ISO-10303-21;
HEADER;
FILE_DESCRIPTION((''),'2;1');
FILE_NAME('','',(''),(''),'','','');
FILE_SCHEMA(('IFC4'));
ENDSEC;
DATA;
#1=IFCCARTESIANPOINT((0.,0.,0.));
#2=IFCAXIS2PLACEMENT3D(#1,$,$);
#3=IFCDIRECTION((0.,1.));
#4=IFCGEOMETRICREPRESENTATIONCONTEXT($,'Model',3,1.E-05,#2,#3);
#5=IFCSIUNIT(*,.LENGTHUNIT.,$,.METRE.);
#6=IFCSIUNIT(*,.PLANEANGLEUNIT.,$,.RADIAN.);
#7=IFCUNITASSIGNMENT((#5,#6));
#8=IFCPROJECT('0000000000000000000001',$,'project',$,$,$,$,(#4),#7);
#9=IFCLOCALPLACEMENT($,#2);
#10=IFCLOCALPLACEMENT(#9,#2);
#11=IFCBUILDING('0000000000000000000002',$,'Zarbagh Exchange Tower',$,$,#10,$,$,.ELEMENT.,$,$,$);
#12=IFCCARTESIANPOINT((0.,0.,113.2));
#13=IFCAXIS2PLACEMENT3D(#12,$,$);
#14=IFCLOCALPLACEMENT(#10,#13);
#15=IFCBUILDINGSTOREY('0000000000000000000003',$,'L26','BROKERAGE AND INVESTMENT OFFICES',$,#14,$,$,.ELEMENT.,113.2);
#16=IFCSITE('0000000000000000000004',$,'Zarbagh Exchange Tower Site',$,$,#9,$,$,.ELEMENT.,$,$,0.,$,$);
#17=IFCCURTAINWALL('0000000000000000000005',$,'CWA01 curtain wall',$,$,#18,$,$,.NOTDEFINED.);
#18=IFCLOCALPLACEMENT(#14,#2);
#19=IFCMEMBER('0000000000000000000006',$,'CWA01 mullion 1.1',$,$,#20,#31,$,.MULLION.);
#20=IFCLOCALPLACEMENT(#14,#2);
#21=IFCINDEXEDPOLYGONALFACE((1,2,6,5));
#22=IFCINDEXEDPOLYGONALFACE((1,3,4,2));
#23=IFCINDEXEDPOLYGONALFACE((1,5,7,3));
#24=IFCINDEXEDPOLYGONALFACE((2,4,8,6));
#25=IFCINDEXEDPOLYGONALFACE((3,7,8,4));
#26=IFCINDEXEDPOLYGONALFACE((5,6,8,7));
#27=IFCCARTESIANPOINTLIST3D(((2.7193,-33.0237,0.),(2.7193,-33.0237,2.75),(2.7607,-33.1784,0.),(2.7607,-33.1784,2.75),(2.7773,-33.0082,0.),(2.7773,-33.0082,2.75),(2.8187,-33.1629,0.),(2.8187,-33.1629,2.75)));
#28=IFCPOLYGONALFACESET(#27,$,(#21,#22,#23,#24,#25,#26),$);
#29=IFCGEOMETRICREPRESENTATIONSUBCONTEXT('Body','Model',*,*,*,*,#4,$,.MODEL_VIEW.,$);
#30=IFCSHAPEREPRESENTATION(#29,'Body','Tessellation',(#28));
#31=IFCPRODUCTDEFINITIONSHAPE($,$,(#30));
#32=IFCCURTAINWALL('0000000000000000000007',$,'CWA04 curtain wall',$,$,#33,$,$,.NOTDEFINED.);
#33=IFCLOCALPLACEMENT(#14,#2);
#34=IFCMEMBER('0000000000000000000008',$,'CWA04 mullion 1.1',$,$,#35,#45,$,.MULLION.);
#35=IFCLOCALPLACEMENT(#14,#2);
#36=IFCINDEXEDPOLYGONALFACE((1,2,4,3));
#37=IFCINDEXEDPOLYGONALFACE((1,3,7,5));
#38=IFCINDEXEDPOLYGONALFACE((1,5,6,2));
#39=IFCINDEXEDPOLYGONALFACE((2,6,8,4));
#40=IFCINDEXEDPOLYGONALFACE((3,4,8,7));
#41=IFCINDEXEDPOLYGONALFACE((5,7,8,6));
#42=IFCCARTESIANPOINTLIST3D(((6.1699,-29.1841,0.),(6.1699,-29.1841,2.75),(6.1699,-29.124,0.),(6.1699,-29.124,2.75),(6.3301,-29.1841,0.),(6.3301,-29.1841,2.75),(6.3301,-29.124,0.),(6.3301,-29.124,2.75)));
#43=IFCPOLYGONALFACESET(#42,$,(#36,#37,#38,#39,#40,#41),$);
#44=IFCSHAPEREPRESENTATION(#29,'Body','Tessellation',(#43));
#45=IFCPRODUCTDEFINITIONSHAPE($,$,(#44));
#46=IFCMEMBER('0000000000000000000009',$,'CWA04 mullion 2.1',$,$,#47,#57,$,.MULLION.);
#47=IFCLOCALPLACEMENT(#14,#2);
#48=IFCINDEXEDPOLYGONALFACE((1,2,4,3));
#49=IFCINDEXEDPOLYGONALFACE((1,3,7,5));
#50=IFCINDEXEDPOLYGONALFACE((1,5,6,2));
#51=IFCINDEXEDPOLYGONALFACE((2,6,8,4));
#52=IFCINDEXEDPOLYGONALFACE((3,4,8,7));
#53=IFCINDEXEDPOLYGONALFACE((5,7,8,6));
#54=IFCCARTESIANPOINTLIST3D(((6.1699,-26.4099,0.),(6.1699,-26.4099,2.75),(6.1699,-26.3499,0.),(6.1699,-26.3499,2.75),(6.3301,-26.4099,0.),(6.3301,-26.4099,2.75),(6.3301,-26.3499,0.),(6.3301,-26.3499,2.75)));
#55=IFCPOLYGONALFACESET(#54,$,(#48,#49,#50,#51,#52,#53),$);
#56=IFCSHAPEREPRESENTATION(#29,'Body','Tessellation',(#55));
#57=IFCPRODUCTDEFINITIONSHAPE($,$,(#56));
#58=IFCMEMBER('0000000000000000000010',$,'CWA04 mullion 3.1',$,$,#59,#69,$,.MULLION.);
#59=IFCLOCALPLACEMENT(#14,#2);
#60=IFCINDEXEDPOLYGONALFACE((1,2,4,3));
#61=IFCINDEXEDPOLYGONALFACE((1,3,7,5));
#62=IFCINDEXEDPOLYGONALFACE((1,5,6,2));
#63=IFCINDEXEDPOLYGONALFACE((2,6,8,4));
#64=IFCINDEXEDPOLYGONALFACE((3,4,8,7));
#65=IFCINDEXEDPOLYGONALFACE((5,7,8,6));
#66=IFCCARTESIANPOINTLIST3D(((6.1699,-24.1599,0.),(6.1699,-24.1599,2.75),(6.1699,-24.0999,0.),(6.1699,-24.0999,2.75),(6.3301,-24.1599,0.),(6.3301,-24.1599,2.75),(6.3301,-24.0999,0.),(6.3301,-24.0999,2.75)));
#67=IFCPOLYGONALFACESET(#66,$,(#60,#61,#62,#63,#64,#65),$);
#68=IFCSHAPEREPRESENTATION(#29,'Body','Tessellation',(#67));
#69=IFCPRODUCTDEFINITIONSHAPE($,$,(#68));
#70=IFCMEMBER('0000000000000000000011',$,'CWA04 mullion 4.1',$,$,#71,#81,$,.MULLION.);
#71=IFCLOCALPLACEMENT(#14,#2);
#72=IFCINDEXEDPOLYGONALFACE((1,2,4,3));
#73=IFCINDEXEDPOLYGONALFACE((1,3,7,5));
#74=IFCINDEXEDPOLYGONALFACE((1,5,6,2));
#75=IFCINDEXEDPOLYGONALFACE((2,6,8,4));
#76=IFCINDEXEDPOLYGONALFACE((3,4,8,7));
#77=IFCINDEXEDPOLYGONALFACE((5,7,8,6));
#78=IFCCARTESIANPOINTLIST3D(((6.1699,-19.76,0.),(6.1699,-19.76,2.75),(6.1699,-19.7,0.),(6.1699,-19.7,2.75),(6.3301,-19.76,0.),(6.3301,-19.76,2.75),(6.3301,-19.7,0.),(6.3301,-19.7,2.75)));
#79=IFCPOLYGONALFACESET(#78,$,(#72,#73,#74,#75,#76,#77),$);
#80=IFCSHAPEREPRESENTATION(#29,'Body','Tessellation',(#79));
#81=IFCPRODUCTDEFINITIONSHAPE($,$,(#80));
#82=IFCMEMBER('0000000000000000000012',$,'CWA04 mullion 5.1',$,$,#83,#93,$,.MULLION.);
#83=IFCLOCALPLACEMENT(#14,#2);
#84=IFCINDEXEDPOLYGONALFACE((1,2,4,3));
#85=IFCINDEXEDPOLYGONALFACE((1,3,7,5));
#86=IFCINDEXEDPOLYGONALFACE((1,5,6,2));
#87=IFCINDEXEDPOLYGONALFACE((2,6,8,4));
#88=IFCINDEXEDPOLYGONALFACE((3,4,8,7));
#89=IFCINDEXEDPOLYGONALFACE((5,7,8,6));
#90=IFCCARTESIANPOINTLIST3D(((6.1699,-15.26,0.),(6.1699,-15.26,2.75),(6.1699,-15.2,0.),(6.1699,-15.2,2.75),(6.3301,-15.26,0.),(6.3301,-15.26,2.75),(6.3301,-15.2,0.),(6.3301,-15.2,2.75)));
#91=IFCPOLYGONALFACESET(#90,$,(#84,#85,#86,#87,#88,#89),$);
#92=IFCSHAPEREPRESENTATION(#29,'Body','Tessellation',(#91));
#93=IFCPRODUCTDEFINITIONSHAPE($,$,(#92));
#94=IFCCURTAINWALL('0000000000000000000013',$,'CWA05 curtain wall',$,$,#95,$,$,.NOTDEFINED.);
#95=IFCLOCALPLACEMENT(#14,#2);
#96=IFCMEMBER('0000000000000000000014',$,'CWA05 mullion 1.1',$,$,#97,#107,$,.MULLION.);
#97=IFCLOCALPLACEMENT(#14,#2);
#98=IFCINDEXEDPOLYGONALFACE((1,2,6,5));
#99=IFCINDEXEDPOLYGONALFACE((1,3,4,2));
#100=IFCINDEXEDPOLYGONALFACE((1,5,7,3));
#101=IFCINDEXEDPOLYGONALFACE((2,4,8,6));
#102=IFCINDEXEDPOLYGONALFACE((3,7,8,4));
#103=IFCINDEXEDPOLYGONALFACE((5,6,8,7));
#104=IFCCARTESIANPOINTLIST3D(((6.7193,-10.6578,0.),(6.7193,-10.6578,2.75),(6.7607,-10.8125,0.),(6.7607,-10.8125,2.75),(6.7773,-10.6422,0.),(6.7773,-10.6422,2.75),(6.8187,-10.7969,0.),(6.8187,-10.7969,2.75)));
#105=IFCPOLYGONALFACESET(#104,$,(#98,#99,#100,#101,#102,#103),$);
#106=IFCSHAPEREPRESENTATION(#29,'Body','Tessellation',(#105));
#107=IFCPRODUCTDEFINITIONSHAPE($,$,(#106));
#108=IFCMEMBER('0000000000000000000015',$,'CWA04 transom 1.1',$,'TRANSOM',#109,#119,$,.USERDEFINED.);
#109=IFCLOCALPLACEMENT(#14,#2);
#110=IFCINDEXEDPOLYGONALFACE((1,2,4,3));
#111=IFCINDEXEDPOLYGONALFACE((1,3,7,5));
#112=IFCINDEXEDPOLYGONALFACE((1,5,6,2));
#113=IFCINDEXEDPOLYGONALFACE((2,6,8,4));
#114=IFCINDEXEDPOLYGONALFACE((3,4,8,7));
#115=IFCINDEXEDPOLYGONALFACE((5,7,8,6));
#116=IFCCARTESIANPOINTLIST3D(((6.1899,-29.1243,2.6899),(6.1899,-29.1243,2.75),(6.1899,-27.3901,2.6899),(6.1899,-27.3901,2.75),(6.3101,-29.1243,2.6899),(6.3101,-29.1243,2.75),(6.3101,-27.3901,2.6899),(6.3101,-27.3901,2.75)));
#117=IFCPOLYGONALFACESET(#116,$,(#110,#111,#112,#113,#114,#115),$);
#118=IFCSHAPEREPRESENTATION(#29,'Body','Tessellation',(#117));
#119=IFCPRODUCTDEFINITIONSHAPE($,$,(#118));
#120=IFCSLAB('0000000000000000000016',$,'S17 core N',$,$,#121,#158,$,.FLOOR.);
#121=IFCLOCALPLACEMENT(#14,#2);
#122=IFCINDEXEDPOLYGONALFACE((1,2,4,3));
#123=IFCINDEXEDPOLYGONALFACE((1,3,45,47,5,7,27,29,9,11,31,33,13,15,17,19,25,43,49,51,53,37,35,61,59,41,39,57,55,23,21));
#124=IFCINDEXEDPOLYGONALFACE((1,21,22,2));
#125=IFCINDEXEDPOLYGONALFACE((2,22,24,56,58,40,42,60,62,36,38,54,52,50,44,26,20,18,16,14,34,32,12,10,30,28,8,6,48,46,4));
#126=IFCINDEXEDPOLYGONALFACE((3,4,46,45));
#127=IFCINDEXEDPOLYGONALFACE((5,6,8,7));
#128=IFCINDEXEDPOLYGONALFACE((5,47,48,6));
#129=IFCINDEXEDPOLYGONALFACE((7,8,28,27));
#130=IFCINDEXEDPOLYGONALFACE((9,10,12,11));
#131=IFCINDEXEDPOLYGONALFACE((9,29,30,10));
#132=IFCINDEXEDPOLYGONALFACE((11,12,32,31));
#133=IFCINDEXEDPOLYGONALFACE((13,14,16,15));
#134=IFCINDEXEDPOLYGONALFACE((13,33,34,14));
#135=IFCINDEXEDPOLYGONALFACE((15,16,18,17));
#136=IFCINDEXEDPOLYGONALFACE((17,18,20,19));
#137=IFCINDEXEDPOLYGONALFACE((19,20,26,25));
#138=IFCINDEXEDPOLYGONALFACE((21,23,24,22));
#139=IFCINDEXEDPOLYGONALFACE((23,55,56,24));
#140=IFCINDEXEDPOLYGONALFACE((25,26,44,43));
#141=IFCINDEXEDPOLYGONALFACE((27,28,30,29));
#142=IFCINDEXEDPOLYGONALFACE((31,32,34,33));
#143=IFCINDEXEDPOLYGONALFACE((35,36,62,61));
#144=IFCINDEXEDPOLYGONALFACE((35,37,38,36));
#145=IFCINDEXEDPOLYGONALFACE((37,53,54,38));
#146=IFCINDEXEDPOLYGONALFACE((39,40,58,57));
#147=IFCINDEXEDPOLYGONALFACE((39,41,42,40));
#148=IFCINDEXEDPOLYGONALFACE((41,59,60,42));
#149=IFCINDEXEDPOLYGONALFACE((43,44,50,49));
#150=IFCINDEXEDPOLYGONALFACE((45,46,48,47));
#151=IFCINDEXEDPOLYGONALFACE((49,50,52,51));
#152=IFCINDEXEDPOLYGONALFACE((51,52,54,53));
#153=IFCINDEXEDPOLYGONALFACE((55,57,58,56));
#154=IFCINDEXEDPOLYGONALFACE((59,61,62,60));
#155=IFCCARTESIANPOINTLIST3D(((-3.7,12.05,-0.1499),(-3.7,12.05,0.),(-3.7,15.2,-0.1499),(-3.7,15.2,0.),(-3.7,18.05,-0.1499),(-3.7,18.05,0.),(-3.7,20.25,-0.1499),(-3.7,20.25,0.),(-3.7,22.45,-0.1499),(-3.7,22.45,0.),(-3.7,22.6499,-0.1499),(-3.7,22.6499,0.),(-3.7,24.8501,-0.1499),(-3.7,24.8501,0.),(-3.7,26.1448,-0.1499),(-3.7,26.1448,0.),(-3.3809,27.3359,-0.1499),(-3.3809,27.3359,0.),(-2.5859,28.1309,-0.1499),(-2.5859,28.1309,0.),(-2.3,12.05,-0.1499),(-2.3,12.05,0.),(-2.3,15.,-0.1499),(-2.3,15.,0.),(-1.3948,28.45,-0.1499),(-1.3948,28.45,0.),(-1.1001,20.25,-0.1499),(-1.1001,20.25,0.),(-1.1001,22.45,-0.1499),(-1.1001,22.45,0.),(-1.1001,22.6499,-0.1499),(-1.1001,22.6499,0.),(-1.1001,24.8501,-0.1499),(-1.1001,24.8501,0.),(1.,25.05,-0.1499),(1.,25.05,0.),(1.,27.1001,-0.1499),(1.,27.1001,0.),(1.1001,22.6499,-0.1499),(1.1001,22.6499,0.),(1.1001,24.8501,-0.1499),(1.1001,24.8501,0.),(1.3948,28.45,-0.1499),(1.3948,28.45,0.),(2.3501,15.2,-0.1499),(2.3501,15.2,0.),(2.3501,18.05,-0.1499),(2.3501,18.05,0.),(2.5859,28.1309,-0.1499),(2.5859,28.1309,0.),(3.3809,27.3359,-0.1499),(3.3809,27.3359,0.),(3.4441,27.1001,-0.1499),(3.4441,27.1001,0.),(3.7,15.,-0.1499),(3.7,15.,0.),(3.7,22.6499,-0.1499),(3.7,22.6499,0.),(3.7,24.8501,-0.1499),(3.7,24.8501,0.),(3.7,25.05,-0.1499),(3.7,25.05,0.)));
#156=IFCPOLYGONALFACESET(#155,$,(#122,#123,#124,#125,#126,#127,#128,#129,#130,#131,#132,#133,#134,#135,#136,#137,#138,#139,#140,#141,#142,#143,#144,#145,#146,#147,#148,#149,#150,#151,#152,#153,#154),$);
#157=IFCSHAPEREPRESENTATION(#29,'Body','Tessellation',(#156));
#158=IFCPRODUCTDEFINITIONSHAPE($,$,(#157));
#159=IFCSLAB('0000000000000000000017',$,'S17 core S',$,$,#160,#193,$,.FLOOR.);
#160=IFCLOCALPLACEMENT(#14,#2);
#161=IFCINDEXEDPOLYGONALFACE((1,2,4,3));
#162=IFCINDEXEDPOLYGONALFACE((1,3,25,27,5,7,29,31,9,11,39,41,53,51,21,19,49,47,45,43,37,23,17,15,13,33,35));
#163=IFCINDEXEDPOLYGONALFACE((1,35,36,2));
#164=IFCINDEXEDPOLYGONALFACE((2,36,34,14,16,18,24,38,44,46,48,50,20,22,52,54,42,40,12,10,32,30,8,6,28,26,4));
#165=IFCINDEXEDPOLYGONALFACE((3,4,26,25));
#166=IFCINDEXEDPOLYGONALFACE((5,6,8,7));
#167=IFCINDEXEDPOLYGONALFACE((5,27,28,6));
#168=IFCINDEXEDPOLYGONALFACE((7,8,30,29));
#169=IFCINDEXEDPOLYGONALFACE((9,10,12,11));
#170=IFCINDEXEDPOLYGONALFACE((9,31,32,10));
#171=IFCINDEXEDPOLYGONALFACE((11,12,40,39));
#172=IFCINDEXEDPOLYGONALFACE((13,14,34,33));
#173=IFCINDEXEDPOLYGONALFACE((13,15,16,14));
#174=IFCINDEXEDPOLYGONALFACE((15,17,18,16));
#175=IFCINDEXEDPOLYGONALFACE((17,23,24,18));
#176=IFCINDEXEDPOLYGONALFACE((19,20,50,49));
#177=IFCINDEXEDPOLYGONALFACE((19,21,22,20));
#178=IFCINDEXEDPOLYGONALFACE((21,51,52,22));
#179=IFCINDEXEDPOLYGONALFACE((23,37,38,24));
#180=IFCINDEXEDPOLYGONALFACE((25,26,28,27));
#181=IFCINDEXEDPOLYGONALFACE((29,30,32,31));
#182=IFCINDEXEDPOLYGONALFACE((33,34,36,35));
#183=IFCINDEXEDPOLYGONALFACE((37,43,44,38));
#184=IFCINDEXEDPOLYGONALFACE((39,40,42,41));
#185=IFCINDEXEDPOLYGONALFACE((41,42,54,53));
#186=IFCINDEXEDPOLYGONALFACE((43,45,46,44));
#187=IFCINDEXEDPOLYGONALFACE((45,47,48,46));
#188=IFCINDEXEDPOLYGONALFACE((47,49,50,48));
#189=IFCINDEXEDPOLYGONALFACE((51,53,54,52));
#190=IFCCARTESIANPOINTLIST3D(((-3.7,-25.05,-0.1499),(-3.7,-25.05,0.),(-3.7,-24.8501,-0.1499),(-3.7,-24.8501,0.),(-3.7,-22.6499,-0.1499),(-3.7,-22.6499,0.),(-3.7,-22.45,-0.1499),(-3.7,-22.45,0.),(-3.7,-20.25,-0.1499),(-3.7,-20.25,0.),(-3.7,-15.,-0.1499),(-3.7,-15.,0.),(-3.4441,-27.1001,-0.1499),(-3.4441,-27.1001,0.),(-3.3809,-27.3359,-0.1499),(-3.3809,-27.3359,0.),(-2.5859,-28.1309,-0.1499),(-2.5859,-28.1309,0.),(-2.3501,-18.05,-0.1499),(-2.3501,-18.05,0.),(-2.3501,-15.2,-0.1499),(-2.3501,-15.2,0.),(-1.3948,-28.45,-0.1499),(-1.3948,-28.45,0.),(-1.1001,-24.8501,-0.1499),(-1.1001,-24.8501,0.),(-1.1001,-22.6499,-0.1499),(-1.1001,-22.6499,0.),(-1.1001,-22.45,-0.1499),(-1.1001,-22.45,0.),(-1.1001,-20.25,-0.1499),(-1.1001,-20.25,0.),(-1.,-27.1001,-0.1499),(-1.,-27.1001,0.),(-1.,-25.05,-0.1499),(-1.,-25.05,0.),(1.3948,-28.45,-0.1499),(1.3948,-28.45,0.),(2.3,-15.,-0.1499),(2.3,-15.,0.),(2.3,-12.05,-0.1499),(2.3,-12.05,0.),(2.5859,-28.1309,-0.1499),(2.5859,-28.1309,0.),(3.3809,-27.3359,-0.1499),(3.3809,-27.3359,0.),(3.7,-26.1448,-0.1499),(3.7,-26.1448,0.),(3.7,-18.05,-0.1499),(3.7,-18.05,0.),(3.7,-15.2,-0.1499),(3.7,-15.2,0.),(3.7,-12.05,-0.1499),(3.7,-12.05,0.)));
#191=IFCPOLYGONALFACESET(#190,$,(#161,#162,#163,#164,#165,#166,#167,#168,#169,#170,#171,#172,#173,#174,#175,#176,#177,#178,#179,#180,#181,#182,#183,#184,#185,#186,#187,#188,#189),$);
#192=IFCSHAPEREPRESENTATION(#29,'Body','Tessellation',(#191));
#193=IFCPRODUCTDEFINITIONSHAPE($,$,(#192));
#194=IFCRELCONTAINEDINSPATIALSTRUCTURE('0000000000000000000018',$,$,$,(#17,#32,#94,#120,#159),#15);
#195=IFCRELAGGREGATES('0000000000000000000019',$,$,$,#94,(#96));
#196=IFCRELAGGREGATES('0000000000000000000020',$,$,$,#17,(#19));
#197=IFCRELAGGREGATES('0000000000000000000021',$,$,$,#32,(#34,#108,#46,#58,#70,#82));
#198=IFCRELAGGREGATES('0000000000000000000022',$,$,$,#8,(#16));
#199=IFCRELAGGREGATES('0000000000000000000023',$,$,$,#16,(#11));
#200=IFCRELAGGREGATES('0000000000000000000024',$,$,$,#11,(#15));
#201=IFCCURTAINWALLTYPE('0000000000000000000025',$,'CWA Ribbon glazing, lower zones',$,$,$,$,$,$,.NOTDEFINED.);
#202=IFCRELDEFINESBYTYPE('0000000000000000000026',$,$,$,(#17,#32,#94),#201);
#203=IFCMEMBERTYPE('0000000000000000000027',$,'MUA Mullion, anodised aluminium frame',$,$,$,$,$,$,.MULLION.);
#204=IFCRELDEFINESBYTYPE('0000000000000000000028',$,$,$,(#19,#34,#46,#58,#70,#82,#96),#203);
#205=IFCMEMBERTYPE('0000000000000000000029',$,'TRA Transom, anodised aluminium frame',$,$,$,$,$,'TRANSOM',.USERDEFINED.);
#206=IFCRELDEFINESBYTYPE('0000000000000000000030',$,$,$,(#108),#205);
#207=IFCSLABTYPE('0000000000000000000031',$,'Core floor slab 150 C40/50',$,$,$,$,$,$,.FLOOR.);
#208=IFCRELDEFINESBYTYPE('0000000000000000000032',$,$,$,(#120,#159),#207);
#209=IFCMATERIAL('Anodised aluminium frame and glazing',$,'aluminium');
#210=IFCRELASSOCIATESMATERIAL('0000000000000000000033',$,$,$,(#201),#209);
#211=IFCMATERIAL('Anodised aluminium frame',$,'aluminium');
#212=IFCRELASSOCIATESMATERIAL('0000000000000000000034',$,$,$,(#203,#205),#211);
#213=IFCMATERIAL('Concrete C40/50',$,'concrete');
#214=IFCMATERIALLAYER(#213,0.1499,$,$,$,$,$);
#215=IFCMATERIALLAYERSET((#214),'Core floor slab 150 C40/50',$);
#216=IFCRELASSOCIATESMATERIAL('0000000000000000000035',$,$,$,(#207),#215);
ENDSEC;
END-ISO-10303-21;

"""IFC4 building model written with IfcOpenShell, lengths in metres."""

from ifc_helpers import new_model, si_unit, direction, frame, origin, place, context, subcontext, project, spatial, polyline, outline, extrude, source, transform, mapped, material, layer, layer_set, type_object, element, aggregate, save


model = new_model("IFC4")

# Units and contexts
model_context = context("Model", 3, precision=1e-05, world=origin(), true_north=direction((0.0, 1.0)))
body_context = subcontext(model_context, "Body", "Model", "MODEL_VIEW")
ifc_project = project(units=[si_unit("LENGTHUNIT", "METRE"), si_unit("PLANEANGLEUNIT", "RADIAN")], contexts=[model_context])

# Site, building, storey
site_placement = place(None, origin())
site = spatial("IfcSite", under=ifc_project, at=site_placement, Name="Zarbagh Exchange Tower Site", CompositionType="ELEMENT", RefElevation=0.0)
building_placement = place(site_placement, origin())
building = spatial("IfcBuilding", under=site, at=building_placement, Name="Zarbagh Exchange Tower", CompositionType="ELEMENT")
storey_placement = place(building_placement, frame((0.0, 0.0, 113.2)))
storey = spatial("IfcBuildingStorey", under=building, at=storey_placement, Name="L26", Description="BROKERAGE AND INVESTMENT OFFICES", CompositionType="ELEMENT", Elevation=113.2)

# Curtain wall, member
ifc_material_1 = material(Name="Anodised aluminium frame and glazing", Category="aluminium")
curtain_wall_type = type_object("IfcCurtainWallType", Name="CWA Ribbon glazing, lower zones", PredefinedType="NOTDEFINED", material=ifc_material_1)
curtain_wall_1_placement = place(storey_placement, origin())
curtain_wall_1 = element("IfcCurtainWall", 1, at=curtain_wall_1_placement, inside=storey, type_object=curtain_wall_type, Name="CWA01 curtain wall", PredefinedType="NOTDEFINED")
ifc_material_2 = material(Name="Anodised aluminium frame", Category="aluminium")
member_type_1 = type_object("IfcMemberType", Name="MUA Mullion, anodised aluminium frame", PredefinedType="MULLION", material=ifc_material_2)
shared_shape_1 = source(origin(), body_context, "Body", "SweptSolid", [
    extrude(outline(polyline([(0.0, -0.0801), (0.0601, -0.0801), (0.0601, 0.0801), (0.0, 0.0801), (0.0, -0.0801)])), origin(), (0.0, 0.0, 1.0), 2.75),
])
placement = place(storey_placement, origin())
member_1 = element("IfcMember", 2, at=placement, type_object=member_type_1, Name="CWA01 mullion 1.1", PredefinedType="MULLION", context=body_context, shape_type="MappedRepresentation", body=[
    mapped(shared_shape_1, transform((2.74, -33.1011, 0.0), x_axis=(0.965924, 0.258825, 0.0), y_axis=(-0.258825, 0.965924, 0.0), z_axis=(0.0, 0.0, 1.0))),
])

# Curtain wall, members
curtain_wall_2_placement = place(storey_placement, origin())
curtain_wall_2 = element("IfcCurtainWall", 3, at=curtain_wall_2_placement, inside=storey, type_object=curtain_wall_type, Name="CWA04 curtain wall", PredefinedType="NOTDEFINED")
member_2 = element("IfcMember", 4, at=placement, type_object=member_type_1, Name="CWA04 mullion 1.1", PredefinedType="MULLION", context=body_context, shape_type="MappedRepresentation", body=[
    mapped(shared_shape_1, transform((6.25, -29.1841, 0.0), x_axis=(0.0, 1.0, 0.0), y_axis=(-1.0, 0.0, 0.0), z_axis=(0.0, 0.0, 1.0))),
])
member_3 = element("IfcMember", 5, at=placement, type_object=member_type_1, Name="CWA04 mullion 2.1", PredefinedType="MULLION", context=body_context, shape_type="MappedRepresentation", body=[
    mapped(shared_shape_1, transform((6.25, -26.4099, 0.0), x_axis=(0.0, 1.0, 0.0), y_axis=(-1.0, 0.0, 0.0), z_axis=(0.0, 0.0, 1.0))),
])
member_4 = element("IfcMember", 6, at=placement, type_object=member_type_1, Name="CWA04 mullion 3.1", PredefinedType="MULLION", context=body_context, shape_type="MappedRepresentation", body=[
    mapped(shared_shape_1, transform((6.25, -24.1599, 0.0), x_axis=(0.0, 1.0, 0.0), y_axis=(-1.0, 0.0, 0.0), z_axis=(0.0, 0.0, 1.0))),
])
member_5 = element("IfcMember", 7, at=placement, type_object=member_type_1, Name="CWA04 mullion 4.1", PredefinedType="MULLION", context=body_context, shape_type="MappedRepresentation", body=[
    mapped(shared_shape_1, transform((6.25, -19.76, 0.0), x_axis=(0.0, 1.0, 0.0), y_axis=(-1.0, 0.0, 0.0), z_axis=(0.0, 0.0, 1.0))),
])
member_6 = element("IfcMember", 8, at=placement, type_object=member_type_1, Name="CWA04 mullion 5.1", PredefinedType="MULLION", context=body_context, shape_type="MappedRepresentation", body=[
    mapped(shared_shape_1, transform((6.25, -15.26, 0.0), x_axis=(0.0, 1.0, 0.0), y_axis=(-1.0, 0.0, 0.0), z_axis=(0.0, 0.0, 1.0))),
])

# Curtain wall, member
curtain_wall_3_placement = place(storey_placement, origin())
curtain_wall_3 = element("IfcCurtainWall", 9, at=curtain_wall_3_placement, inside=storey, type_object=curtain_wall_type, Name="CWA05 curtain wall", PredefinedType="NOTDEFINED")
member_7 = element("IfcMember", 10, at=placement, type_object=member_type_1, Name="CWA05 mullion 1.1", PredefinedType="MULLION", context=body_context, shape_type="MappedRepresentation", body=[
    mapped(shared_shape_1, transform((6.74, -10.7351, 0.0), x_axis=(0.965924, 0.258825, 0.0), y_axis=(-0.258825, 0.965924, 0.0), z_axis=(0.0, 0.0, 1.0))),
])
aggregate(curtain_wall_3, [member_7])

# Member
member_type_2 = type_object("IfcMemberType", Name="TRA Transom, anodised aluminium frame", ElementType="TRANSOM", PredefinedType="USERDEFINED", material=ifc_material_2)
shared_shape_2 = source(origin(), body_context, "Body", "SweptSolid", [
    extrude(outline(polyline([(-0.0601, -0.0601), (0.0, -0.0601), (0.0, 0.0601), (-0.0601, 0.0601), (-0.0601, -0.0601)])), origin(), (0.0, 0.0, 1.0), 1.7341),
])
member_8 = element("IfcMember", 11, at=placement, type_object=member_type_2, Name="CWA04 transom 1.1", ObjectType="TRANSOM", PredefinedType="USERDEFINED", context=body_context, shape_type="MappedRepresentation", body=[
    mapped(shared_shape_2, transform((6.25, -29.1243, 2.75), x_axis=(0.0, 0.0, 1.0), y_axis=(1.0, 0.0, 0.0), z_axis=(0.0, 1.0, 0.0))),
])

# Slabs
ifc_material_3 = material(Name="Concrete C40/50", Category="concrete")
ifc_layer_1 = layer(ifc_material_3, 0.1499)
ifc_layer_set_1 = layer_set([ifc_layer_1], Name="Core floor slab 150 C40/50")
slab_type = type_object("IfcSlabType", Name="Core floor slab 150 C40/50", PredefinedType="FLOOR", material=ifc_layer_set_1)
slab_1_placement = place(storey_placement, frame((0.0, 0.0, -0.1499)))
element("IfcSlab", 12, at=slab_1_placement, inside=storey, type_object=slab_type, Name="S17 core N", PredefinedType="FLOOR", context=body_context, shape_type="SweptSolid", body=[
    extrude(outline(polyline([(-3.7, 12.05), (-3.7, 15.2), (2.3501, 15.2), (2.3501, 18.05), (-3.7, 18.05), (-3.7, 20.25), (-1.1001, 20.25), (-1.1001, 22.45), (-3.7, 22.45), (-3.7, 22.6499), (-1.1001, 22.6499), (-1.1001, 24.8501), (-3.7, 24.8501), (-3.7, 26.1448), (-3.3809, 27.3359), (-2.5859, 28.1309), (-1.3948, 28.45), (1.3948, 28.45), (2.5859, 28.1309), (3.3809, 27.3359), (3.6465, 26.3447), (3.4441, 27.1001), (1.0, 27.1001), (1.0, 25.05), (3.7, 25.05), (3.7, 24.8501), (1.1001, 24.8501), (1.1001, 22.6499), (3.7, 22.6499), (3.7, 15.0), (-2.3, 15.0), (-2.3, 12.05), (-3.7, 12.05)])), origin(), (0.0, 0.0, 1.0), 0.1499),
])
slab_2_placement = place(storey_placement, frame((0.0, 0.0, -0.1499)))
element("IfcSlab", 13, at=slab_2_placement, inside=storey, type_object=slab_type, Name="S17 core S", PredefinedType="FLOOR", context=body_context, shape_type="SweptSolid", body=[
    extrude(outline(polyline([(-2.5859, -28.1309), (-3.3809, -27.3359), (-3.6465, -26.3447), (-3.4441, -27.1001), (-1.0, -27.1001), (-1.0, -25.05), (-3.7, -25.05), (-3.7, -24.8501), (-1.1001, -24.8501), (-1.1001, -22.6499), (-3.7, -22.6499), (-3.7, -22.45), (-1.1001, -22.45), (-1.1001, -20.25), (-3.7, -20.25), (-3.7, -15.0), (2.3, -15.0), (2.3, -12.05), (3.7, -12.05), (3.7, -15.2), (-2.3501, -15.2), (-2.3501, -18.05), (3.7, -18.05), (3.7, -26.1448), (3.3809, -27.3359), (2.5859, -28.1309), (1.3948, -28.45), (-1.3948, -28.45), (-2.5859, -28.1309)])), origin(), (0.0, 0.0, 1.0), 0.1499),
])

aggregate(curtain_wall_1, [member_1])

aggregate(curtain_wall_2, [member_2, member_8, member_3, member_4, member_5, member_6])

save(model, "model.ifc")
